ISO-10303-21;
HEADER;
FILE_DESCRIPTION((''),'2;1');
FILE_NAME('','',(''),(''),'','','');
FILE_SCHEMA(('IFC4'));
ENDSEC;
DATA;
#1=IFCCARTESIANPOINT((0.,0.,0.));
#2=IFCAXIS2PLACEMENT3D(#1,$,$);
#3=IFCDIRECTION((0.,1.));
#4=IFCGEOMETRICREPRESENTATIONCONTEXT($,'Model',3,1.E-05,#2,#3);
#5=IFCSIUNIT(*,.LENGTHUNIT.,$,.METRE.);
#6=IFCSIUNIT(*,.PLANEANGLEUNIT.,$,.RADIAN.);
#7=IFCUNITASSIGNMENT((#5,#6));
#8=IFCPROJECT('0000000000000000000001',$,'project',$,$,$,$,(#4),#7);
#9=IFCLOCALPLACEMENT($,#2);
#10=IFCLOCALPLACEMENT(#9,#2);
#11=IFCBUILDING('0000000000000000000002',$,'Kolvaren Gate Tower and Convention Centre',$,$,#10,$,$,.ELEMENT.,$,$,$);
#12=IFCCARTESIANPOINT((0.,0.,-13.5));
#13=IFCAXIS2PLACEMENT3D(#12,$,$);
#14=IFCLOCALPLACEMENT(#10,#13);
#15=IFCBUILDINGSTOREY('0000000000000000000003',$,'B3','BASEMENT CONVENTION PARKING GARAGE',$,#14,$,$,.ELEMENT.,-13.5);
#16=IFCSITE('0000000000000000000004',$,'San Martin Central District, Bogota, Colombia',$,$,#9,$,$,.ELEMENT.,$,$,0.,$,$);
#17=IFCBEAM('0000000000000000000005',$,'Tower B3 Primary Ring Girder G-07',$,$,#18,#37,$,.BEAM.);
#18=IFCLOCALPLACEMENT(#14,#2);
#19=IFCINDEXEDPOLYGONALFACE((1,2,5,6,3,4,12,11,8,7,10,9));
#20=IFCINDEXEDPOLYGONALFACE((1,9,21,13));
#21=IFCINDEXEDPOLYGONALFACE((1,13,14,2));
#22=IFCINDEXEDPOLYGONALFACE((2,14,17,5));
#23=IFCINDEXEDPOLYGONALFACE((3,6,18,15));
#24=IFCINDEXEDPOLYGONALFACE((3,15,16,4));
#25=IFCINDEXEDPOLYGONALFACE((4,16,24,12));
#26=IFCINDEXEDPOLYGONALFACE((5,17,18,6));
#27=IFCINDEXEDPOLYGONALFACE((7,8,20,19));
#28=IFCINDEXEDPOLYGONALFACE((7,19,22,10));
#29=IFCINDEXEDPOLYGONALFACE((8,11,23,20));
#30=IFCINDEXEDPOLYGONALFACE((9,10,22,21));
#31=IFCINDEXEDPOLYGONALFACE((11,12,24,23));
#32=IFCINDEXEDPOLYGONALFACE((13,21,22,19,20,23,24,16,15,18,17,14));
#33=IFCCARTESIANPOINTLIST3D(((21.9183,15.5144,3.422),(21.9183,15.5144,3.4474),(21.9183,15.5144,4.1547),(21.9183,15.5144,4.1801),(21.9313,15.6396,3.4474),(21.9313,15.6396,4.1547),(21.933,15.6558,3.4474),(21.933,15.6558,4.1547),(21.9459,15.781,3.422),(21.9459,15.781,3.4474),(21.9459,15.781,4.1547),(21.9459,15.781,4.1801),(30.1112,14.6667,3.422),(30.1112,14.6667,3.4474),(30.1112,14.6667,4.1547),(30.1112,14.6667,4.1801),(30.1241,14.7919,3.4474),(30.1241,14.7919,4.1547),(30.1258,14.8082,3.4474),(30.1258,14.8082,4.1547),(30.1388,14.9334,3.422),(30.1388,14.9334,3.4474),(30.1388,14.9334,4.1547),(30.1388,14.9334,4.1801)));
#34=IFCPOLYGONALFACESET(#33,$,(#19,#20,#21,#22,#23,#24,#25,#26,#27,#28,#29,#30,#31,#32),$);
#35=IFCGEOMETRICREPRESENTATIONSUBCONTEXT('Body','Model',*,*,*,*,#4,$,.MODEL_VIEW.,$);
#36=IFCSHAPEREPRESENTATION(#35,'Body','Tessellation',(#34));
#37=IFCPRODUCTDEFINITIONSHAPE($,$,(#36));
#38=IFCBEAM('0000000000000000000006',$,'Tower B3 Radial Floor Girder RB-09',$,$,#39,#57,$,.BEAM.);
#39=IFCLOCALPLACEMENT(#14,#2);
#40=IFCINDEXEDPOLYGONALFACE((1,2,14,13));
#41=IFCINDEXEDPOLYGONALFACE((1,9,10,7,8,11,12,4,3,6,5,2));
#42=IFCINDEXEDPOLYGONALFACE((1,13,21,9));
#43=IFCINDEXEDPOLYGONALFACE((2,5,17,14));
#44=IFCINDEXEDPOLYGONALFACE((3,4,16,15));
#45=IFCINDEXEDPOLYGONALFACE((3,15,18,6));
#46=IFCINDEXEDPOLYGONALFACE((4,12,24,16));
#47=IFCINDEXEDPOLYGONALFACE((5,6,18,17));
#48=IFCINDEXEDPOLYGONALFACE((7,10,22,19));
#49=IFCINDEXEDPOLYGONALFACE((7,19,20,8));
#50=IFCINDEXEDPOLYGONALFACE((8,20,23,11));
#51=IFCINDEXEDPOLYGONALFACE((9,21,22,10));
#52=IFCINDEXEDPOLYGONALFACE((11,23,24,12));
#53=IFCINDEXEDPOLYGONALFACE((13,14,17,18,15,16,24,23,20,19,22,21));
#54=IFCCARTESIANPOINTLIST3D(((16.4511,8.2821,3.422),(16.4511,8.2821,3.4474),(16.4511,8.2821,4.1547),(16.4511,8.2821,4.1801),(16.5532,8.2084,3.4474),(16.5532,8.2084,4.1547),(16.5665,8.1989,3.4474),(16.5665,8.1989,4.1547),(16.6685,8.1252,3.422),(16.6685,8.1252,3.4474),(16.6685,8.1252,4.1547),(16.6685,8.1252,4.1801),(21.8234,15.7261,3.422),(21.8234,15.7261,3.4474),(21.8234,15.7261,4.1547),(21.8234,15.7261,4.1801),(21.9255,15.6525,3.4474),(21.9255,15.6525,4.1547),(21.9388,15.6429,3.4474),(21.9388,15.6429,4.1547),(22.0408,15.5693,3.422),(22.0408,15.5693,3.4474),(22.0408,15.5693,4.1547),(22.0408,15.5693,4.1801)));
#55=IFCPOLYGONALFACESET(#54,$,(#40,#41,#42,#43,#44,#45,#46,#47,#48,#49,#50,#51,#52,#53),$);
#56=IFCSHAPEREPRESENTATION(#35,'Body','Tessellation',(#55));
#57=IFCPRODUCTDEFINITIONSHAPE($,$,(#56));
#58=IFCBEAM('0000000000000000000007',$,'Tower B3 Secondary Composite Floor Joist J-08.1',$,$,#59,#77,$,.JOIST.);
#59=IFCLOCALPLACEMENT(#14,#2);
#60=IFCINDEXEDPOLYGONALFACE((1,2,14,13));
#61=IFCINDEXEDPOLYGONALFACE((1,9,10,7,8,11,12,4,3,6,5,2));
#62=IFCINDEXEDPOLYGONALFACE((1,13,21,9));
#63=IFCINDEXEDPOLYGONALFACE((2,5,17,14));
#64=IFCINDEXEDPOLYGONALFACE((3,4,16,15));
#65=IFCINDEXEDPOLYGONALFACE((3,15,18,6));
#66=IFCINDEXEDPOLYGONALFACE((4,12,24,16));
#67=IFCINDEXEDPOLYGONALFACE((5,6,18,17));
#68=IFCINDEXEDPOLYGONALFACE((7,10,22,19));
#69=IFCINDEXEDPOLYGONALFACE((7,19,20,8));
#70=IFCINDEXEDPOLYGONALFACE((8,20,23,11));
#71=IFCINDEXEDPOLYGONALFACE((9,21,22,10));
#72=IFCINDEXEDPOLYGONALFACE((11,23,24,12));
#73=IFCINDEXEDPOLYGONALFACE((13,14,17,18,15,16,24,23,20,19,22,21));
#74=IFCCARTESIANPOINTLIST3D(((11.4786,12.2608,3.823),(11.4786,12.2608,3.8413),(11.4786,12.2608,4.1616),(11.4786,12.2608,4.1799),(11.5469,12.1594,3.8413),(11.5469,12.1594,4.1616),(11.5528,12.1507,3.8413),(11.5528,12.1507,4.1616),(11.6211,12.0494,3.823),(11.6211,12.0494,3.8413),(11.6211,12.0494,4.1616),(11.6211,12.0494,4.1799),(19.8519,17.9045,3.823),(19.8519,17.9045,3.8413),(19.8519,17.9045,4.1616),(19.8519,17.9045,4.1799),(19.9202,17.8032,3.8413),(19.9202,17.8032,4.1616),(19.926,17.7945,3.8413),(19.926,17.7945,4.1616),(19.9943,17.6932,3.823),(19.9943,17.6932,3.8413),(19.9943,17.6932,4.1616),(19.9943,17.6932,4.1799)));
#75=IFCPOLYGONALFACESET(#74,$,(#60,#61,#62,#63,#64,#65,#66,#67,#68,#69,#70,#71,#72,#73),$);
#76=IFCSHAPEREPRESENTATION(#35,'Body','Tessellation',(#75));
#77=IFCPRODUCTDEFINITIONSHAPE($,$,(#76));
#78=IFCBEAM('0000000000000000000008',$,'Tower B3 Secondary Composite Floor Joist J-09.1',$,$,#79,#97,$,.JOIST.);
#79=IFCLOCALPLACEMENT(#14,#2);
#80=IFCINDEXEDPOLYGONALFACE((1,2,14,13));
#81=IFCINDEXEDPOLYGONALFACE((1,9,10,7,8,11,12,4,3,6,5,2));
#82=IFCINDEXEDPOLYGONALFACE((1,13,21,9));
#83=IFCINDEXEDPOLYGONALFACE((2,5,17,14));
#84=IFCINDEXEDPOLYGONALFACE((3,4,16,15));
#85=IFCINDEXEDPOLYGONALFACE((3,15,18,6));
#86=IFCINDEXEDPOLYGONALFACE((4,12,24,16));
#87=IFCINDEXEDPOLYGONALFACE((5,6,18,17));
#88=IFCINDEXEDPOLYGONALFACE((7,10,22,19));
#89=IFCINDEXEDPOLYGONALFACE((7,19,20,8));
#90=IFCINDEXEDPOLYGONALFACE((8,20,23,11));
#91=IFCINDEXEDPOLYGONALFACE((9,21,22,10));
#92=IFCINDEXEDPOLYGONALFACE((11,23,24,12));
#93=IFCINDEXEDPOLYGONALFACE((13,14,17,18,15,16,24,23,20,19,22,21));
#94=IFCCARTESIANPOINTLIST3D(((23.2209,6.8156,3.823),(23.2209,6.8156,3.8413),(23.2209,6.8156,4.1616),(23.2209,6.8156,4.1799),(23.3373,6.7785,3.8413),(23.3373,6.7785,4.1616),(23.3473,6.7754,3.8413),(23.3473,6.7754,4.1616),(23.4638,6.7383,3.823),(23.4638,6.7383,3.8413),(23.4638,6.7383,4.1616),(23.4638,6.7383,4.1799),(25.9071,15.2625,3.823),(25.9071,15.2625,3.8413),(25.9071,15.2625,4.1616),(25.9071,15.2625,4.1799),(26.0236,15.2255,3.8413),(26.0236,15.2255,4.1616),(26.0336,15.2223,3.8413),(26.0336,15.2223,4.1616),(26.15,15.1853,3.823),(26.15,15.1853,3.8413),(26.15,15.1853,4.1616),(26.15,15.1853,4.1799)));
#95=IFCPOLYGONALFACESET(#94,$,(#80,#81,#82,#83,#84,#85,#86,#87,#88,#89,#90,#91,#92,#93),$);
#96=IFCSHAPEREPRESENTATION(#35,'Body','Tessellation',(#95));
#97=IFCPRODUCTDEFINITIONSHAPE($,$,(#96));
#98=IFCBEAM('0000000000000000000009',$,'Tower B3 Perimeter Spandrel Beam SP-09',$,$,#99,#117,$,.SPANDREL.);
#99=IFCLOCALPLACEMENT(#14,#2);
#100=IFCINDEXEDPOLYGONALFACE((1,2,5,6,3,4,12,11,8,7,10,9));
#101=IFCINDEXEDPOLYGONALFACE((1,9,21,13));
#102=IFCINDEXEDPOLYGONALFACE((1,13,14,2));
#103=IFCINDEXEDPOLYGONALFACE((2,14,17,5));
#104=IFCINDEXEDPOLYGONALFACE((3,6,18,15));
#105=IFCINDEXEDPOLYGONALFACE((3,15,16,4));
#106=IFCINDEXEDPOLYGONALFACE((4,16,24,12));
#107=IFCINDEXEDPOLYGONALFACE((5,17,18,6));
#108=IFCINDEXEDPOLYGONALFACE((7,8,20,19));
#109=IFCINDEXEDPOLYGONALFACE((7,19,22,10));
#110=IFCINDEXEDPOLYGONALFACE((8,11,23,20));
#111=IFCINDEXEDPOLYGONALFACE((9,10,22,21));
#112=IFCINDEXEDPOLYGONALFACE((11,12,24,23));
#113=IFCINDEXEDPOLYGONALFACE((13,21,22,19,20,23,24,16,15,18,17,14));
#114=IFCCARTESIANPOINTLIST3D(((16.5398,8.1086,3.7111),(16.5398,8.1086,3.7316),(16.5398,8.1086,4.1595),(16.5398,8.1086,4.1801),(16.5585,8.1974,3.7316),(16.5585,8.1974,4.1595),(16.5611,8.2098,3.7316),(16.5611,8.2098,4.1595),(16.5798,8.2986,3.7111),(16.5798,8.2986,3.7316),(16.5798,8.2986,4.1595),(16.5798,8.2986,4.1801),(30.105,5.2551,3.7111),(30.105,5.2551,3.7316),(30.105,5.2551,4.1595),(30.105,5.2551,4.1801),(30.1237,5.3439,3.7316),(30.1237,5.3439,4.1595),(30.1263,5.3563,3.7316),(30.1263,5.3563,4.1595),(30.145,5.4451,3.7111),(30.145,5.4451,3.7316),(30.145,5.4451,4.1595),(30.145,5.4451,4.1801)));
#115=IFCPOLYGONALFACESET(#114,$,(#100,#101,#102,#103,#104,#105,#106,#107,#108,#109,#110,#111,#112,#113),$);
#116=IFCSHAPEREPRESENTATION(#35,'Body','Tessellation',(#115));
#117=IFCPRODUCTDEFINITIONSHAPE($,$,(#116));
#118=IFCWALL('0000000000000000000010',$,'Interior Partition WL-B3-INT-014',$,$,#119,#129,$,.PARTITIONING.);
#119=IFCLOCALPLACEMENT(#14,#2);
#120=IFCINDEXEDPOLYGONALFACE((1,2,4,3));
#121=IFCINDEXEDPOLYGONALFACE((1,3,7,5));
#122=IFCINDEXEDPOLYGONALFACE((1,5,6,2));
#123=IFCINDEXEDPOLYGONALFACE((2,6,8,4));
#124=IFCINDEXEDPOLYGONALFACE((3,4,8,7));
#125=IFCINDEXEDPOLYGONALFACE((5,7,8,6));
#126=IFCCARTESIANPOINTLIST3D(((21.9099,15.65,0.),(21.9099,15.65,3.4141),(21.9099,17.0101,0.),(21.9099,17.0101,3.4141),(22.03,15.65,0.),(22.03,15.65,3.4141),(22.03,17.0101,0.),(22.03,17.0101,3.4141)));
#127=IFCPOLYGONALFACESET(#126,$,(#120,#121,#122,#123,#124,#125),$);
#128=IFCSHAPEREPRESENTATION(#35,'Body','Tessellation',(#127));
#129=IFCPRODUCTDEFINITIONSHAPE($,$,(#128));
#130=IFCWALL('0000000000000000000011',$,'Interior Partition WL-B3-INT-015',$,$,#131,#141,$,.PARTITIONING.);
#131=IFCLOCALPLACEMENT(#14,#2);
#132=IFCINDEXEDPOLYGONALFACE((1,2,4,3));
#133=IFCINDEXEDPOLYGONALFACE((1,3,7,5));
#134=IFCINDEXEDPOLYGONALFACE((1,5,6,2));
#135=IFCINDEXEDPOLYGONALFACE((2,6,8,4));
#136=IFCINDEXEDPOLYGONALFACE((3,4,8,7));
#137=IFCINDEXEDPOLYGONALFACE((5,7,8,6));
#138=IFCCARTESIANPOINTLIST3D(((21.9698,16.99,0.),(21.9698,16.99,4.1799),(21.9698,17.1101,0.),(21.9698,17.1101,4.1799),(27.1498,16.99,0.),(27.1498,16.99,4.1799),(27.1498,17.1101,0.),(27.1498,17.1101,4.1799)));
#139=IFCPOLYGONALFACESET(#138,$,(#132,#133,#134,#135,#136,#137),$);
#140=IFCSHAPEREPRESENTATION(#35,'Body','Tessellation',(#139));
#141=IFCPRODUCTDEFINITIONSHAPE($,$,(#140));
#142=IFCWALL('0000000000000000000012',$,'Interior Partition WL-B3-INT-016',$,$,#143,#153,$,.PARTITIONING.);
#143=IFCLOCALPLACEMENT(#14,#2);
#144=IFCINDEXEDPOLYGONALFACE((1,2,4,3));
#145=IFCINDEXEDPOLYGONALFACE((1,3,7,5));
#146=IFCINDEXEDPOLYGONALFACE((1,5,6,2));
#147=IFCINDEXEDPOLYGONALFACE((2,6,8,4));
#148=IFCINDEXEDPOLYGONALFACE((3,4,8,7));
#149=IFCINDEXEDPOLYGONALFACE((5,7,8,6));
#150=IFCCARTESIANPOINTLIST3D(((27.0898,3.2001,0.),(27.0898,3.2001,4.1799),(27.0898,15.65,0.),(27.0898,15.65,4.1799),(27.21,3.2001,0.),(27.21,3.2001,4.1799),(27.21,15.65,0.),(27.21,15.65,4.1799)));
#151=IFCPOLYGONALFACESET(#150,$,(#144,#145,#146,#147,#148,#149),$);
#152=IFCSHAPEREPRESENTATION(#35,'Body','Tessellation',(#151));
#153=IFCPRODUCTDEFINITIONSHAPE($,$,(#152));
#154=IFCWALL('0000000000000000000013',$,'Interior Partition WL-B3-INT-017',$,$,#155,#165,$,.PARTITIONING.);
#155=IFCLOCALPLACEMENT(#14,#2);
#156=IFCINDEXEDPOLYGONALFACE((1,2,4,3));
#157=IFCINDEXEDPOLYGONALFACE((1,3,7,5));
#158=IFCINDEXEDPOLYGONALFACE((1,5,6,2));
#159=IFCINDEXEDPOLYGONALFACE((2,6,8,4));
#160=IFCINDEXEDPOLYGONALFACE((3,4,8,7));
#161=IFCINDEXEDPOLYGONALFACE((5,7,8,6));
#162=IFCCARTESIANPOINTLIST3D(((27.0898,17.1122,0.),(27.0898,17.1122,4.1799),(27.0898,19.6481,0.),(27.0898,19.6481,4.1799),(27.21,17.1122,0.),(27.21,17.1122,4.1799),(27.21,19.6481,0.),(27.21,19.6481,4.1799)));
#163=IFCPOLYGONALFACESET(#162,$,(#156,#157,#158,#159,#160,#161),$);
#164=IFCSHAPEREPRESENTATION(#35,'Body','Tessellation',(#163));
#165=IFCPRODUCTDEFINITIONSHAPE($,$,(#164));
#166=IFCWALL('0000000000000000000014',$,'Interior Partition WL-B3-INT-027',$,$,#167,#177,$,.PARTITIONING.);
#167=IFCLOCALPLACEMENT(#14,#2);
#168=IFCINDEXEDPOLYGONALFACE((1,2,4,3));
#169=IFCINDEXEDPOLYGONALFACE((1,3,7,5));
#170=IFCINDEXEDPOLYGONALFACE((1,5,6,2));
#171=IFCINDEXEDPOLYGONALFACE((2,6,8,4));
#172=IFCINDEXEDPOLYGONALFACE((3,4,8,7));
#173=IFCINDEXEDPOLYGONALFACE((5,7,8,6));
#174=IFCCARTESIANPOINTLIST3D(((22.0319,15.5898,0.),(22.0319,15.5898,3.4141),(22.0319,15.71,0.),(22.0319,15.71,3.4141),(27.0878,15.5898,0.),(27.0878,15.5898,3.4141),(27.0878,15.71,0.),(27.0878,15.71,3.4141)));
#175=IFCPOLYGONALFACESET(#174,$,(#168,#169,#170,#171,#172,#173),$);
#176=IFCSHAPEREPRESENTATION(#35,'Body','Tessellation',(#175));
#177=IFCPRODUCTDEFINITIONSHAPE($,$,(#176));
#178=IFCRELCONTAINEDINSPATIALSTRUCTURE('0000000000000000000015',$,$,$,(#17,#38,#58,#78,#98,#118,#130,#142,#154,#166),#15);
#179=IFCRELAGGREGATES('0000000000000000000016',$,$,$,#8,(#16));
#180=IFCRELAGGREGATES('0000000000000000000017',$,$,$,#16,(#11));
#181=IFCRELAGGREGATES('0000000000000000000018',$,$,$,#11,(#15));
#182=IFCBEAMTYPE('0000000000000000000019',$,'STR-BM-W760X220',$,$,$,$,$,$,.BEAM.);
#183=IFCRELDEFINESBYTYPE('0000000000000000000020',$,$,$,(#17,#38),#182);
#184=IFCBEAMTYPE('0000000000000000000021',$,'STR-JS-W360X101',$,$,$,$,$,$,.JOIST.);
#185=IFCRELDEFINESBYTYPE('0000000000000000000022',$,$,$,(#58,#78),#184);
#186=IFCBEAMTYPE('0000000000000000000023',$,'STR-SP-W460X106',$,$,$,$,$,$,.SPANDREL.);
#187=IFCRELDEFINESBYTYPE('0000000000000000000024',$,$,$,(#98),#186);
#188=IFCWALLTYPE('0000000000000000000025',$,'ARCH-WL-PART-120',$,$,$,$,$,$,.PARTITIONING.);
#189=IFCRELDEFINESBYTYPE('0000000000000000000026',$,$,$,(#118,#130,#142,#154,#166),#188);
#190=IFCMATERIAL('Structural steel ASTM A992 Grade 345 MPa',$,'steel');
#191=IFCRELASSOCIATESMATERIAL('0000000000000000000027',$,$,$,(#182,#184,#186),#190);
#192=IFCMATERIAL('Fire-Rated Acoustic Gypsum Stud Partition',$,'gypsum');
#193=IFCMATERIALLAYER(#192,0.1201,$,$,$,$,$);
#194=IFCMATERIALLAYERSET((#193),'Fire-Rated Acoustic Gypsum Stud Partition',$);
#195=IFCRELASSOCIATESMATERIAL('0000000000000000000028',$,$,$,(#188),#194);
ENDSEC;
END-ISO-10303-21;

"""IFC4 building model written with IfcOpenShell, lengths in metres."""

from ifc_helpers import new_model, si_unit, direction, frame, frame_2d, origin, origin_2d, place, context, subcontext, project, spatial, rectangle, i_section, extrude, material, layer, layer_set, material_profile, profile_set, type_object, element, save


model = new_model("IFC4")

# Units and contexts
model_context = context("Model", 3, precision=1e-05, world=origin(), true_north=direction((0.0, 1.0)))
body_context = subcontext(model_context, "Body", "Model", "MODEL_VIEW")
ifc_project = project(units=[si_unit("LENGTHUNIT", "METRE"), si_unit("PLANEANGLEUNIT", "RADIAN")], contexts=[model_context])

# Site, building, storey
site_placement = place(None, origin())
site = spatial("IfcSite", under=ifc_project, at=site_placement, Name="San Martin Central District, Bogota, Colombia", CompositionType="ELEMENT", RefElevation=0.0)
building_placement = place(site_placement, origin())
building = spatial("IfcBuilding", under=site, at=building_placement, Name="Kolvaren Gate Tower and Convention Centre", CompositionType="ELEMENT")
storey_placement = place(building_placement, frame((0.0, 0.0, -13.5)))
storey = spatial("IfcBuildingStorey", under=building, at=storey_placement, Name="B3", Description="BASEMENT CONVENTION PARKING GARAGE", CompositionType="ELEMENT", Elevation=-13.5)

# Beams
ifc_material_1 = material(Name="Structural steel ASTM A992 Grade 345 MPa", Category="steel")
ifc_material_profile_1 = material_profile(ifc_material_1, i_section(OverallWidth=0.2681, OverallDepth=0.7581, WebThickness=0.0164, FlangeThickness=0.0254, at=origin_2d()), Name="W760X220")
ifc_profile_set_1 = profile_set([ifc_material_profile_1], Name="Structural steel ASTM A992 Grade 345 MPa")
beam_type_1 = type_object("IfcBeamType", Name="STR-BM-W760X220", PredefinedType="BEAM", material=ifc_profile_set_1)
beam_1_placement = place(storey_placement, frame((21.9321, 15.6477, 3.801), z_axis=(0.99469, -0.102913, 0.0), x_axis=(0.102913, 0.99469, 0.0)))
element("IfcBeam", 1, at=beam_1_placement, inside=storey, type_object=beam_type_1, Name="Tower B3 Primary Ring Girder G-07", PredefinedType="BEAM", context=body_context, shape_type="SweptSolid", body=[
    extrude(i_section(OverallWidth=0.2681, OverallDepth=0.7581, WebThickness=0.0164, FlangeThickness=0.0254, at=origin_2d()), origin(), (0.0, 0.0, 1.0), 8.2366),
])
beam_2_placement = place(storey_placement, frame((21.9321, 15.6477, 3.801), z_axis=(-0.585206, -0.810885, 0.0), x_axis=(0.810885, -0.585206, 0.0)))
element("IfcBeam", 2, at=beam_2_placement, inside=storey, type_object=beam_type_1, Name="Tower B3 Radial Floor Girder RB-09", PredefinedType="BEAM", context=body_context, shape_type="SweptSolid", body=[
    extrude(i_section(OverallWidth=0.2681, OverallDepth=0.7581, WebThickness=0.0164, FlangeThickness=0.0254, at=origin_2d()), origin(), (0.0, 0.0, 1.0), 9.1802),
])
ifc_material_profile_2 = material_profile(ifc_material_1, i_section(OverallWidth=0.2549, OverallDepth=0.3569, WebThickness=0.0105, FlangeThickness=0.0183, at=origin_2d()), Name="W360X101")
ifc_profile_set_2 = profile_set([ifc_material_profile_2], Name="Structural steel ASTM A992 Grade 345 MPa")
beam_type_2 = type_object("IfcBeamType", Name="STR-JS-W360X101", PredefinedType="JOIST", material=ifc_profile_set_2)
beam_3_placement = place(storey_placement, frame((19.9231, 17.7988, 4.0015), z_axis=(-0.829224, -0.558917, 0.0), x_axis=(0.558917, -0.829224, 0.0)))
element("IfcBeam", 3, at=beam_3_placement, inside=storey, type_object=beam_type_2, Name="Tower B3 Secondary Composite Floor Joist J-08.1", PredefinedType="JOIST", context=body_context, shape_type="SweptSolid", body=[
    extrude(i_section(OverallWidth=0.2549, OverallDepth=0.3569, WebThickness=0.0105, FlangeThickness=0.0183, at=origin_2d()), origin(), (0.0, 0.0, 1.0), 10.0977),
])
beam_4_placement = place(storey_placement, frame((26.0286, 15.2239, 4.0015), z_axis=(-0.303059, -0.952972, 0.0), x_axis=(0.952972, -0.303059, 0.0)))
element("IfcBeam", 4, at=beam_4_placement, inside=storey, type_object=beam_type_2, Name="Tower B3 Secondary Composite Floor Joist J-09.1", PredefinedType="JOIST", context=body_context, shape_type="SweptSolid", body=[
    extrude(i_section(OverallWidth=0.2549, OverallDepth=0.3569, WebThickness=0.0105, FlangeThickness=0.0183, at=origin_2d()), origin(), (0.0, 0.0, 1.0), 8.8638),
])
ifc_material_profile_3 = material_profile(ifc_material_1, i_section(OverallWidth=0.1941, OverallDepth=0.469, WebThickness=0.0127, FlangeThickness=0.0205, at=origin_2d()), Name="W460X106")
ifc_profile_set_3 = profile_set([ifc_material_profile_3], Name="Structural steel ASTM A992 Grade 345 MPa")
beam_type_3 = type_object("IfcBeamType", Name="STR-SP-W460X106", PredefinedType="SPANDREL", material=ifc_profile_set_3)
beam_5_placement = place(storey_placement, frame((16.5598, 8.2036, 3.9456), z_axis=(0.978583, -0.205851, 0.0), x_axis=(0.205851, 0.978583, 0.0)))
element("IfcBeam", 5, at=beam_5_placement, inside=storey, type_object=beam_type_3, Name="Tower B3 Perimeter Spandrel Beam SP-09", PredefinedType="SPANDREL", context=body_context, shape_type="SweptSolid", body=[
    extrude(i_section(OverallWidth=0.1941, OverallDepth=0.469, WebThickness=0.0127, FlangeThickness=0.0205, at=origin_2d()), origin(), (0.0, 0.0, 1.0), 13.8621),
])

# Walls
ifc_material_2 = material(Name="Fire-Rated Acoustic Gypsum Stud Partition", Category="gypsum")
ifc_layer_1 = layer(ifc_material_2, 0.1201)
ifc_layer_set_1 = layer_set([ifc_layer_1], Name="Fire-Rated Acoustic Gypsum Stud Partition")
wall_type_1 = type_object("IfcWallType", Name="ARCH-WL-PART-120", PredefinedType="PARTITIONING", material=ifc_layer_set_1)
wall_1_placement = place(storey_placement, frame((21.97, 15.6499, 0.0), z_axis=(0.0, 0.0, 1.0), x_axis=(0.0, 1.0, 0.0)))
element("IfcWall", 6, at=wall_1_placement, inside=storey, type_object=wall_type_1, Name="Interior Partition WL-B3-INT-014", PredefinedType="PARTITIONING", context=body_context, shape_type="SweptSolid", body=[
    extrude(rectangle(XDim=1.3601, YDim=0.1201, at=frame_2d((0.6802, 0.0))), origin(), (0.0, 0.0, 1.0), 3.4141),
])
wall_2_placement = place(storey_placement, frame((21.97, 17.05, 0.0), z_axis=(0.0, 0.0, 1.0), x_axis=(1.0, 0.0, 0.0)))
element("IfcWall", 7, at=wall_2_placement, inside=storey, type_object=wall_type_1, Name="Interior Partition WL-B3-INT-015", PredefinedType="PARTITIONING", context=body_context, shape_type="SweptSolid", body=[
    extrude(rectangle(XDim=5.1799, YDim=0.1201, at=frame_2d((2.5898, 0.0))), origin(), (0.0, 0.0, 1.0), 4.1799),
])
wall_3_placement = place(storey_placement, frame((27.1499, 3.2, 0.0), z_axis=(0.0, 0.0, 1.0), x_axis=(0.0, 1.0, 0.0)))
element("IfcWall", 8, at=wall_3_placement, inside=storey, type_object=wall_type_1, Name="Interior Partition WL-B3-INT-016", PredefinedType="PARTITIONING", context=body_context, shape_type="SweptSolid", body=[
    extrude(rectangle(XDim=12.45, YDim=0.1201, at=frame_2d((6.2251, 0.0))), origin(), (0.0, 0.0, 1.0), 4.1799),
])
wall_4_placement = place(storey_placement, frame((27.1499, 17.1121, 0.0), z_axis=(0.0, 0.0, 1.0), x_axis=(0.0, 1.0, 0.0)))
element("IfcWall", 9, at=wall_4_placement, inside=storey, type_object=wall_type_1, Name="Interior Partition WL-B3-INT-017", PredefinedType="PARTITIONING", context=body_context, shape_type="SweptSolid", body=[
    extrude(rectangle(XDim=2.5359, YDim=0.1201, at=frame_2d((1.2681, 0.0))), origin(), (0.0, 0.0, 1.0), 4.1799),
])
wall_5_placement = place(storey_placement, frame((22.032, 15.6499, 0.0), z_axis=(0.0, 0.0, 1.0), x_axis=(1.0, 0.0, 0.0)))
element("IfcWall", 10, at=wall_5_placement, inside=storey, type_object=wall_type_1, Name="Interior Partition WL-B3-INT-027", PredefinedType="PARTITIONING", context=body_context, shape_type="SweptSolid", body=[
    extrude(rectangle(XDim=5.0559, YDim=0.1201, at=frame_2d((2.5278, 0.0))), origin(), (0.0, 0.0, 1.0), 3.4141),
])

save(model, "model.ifc")
